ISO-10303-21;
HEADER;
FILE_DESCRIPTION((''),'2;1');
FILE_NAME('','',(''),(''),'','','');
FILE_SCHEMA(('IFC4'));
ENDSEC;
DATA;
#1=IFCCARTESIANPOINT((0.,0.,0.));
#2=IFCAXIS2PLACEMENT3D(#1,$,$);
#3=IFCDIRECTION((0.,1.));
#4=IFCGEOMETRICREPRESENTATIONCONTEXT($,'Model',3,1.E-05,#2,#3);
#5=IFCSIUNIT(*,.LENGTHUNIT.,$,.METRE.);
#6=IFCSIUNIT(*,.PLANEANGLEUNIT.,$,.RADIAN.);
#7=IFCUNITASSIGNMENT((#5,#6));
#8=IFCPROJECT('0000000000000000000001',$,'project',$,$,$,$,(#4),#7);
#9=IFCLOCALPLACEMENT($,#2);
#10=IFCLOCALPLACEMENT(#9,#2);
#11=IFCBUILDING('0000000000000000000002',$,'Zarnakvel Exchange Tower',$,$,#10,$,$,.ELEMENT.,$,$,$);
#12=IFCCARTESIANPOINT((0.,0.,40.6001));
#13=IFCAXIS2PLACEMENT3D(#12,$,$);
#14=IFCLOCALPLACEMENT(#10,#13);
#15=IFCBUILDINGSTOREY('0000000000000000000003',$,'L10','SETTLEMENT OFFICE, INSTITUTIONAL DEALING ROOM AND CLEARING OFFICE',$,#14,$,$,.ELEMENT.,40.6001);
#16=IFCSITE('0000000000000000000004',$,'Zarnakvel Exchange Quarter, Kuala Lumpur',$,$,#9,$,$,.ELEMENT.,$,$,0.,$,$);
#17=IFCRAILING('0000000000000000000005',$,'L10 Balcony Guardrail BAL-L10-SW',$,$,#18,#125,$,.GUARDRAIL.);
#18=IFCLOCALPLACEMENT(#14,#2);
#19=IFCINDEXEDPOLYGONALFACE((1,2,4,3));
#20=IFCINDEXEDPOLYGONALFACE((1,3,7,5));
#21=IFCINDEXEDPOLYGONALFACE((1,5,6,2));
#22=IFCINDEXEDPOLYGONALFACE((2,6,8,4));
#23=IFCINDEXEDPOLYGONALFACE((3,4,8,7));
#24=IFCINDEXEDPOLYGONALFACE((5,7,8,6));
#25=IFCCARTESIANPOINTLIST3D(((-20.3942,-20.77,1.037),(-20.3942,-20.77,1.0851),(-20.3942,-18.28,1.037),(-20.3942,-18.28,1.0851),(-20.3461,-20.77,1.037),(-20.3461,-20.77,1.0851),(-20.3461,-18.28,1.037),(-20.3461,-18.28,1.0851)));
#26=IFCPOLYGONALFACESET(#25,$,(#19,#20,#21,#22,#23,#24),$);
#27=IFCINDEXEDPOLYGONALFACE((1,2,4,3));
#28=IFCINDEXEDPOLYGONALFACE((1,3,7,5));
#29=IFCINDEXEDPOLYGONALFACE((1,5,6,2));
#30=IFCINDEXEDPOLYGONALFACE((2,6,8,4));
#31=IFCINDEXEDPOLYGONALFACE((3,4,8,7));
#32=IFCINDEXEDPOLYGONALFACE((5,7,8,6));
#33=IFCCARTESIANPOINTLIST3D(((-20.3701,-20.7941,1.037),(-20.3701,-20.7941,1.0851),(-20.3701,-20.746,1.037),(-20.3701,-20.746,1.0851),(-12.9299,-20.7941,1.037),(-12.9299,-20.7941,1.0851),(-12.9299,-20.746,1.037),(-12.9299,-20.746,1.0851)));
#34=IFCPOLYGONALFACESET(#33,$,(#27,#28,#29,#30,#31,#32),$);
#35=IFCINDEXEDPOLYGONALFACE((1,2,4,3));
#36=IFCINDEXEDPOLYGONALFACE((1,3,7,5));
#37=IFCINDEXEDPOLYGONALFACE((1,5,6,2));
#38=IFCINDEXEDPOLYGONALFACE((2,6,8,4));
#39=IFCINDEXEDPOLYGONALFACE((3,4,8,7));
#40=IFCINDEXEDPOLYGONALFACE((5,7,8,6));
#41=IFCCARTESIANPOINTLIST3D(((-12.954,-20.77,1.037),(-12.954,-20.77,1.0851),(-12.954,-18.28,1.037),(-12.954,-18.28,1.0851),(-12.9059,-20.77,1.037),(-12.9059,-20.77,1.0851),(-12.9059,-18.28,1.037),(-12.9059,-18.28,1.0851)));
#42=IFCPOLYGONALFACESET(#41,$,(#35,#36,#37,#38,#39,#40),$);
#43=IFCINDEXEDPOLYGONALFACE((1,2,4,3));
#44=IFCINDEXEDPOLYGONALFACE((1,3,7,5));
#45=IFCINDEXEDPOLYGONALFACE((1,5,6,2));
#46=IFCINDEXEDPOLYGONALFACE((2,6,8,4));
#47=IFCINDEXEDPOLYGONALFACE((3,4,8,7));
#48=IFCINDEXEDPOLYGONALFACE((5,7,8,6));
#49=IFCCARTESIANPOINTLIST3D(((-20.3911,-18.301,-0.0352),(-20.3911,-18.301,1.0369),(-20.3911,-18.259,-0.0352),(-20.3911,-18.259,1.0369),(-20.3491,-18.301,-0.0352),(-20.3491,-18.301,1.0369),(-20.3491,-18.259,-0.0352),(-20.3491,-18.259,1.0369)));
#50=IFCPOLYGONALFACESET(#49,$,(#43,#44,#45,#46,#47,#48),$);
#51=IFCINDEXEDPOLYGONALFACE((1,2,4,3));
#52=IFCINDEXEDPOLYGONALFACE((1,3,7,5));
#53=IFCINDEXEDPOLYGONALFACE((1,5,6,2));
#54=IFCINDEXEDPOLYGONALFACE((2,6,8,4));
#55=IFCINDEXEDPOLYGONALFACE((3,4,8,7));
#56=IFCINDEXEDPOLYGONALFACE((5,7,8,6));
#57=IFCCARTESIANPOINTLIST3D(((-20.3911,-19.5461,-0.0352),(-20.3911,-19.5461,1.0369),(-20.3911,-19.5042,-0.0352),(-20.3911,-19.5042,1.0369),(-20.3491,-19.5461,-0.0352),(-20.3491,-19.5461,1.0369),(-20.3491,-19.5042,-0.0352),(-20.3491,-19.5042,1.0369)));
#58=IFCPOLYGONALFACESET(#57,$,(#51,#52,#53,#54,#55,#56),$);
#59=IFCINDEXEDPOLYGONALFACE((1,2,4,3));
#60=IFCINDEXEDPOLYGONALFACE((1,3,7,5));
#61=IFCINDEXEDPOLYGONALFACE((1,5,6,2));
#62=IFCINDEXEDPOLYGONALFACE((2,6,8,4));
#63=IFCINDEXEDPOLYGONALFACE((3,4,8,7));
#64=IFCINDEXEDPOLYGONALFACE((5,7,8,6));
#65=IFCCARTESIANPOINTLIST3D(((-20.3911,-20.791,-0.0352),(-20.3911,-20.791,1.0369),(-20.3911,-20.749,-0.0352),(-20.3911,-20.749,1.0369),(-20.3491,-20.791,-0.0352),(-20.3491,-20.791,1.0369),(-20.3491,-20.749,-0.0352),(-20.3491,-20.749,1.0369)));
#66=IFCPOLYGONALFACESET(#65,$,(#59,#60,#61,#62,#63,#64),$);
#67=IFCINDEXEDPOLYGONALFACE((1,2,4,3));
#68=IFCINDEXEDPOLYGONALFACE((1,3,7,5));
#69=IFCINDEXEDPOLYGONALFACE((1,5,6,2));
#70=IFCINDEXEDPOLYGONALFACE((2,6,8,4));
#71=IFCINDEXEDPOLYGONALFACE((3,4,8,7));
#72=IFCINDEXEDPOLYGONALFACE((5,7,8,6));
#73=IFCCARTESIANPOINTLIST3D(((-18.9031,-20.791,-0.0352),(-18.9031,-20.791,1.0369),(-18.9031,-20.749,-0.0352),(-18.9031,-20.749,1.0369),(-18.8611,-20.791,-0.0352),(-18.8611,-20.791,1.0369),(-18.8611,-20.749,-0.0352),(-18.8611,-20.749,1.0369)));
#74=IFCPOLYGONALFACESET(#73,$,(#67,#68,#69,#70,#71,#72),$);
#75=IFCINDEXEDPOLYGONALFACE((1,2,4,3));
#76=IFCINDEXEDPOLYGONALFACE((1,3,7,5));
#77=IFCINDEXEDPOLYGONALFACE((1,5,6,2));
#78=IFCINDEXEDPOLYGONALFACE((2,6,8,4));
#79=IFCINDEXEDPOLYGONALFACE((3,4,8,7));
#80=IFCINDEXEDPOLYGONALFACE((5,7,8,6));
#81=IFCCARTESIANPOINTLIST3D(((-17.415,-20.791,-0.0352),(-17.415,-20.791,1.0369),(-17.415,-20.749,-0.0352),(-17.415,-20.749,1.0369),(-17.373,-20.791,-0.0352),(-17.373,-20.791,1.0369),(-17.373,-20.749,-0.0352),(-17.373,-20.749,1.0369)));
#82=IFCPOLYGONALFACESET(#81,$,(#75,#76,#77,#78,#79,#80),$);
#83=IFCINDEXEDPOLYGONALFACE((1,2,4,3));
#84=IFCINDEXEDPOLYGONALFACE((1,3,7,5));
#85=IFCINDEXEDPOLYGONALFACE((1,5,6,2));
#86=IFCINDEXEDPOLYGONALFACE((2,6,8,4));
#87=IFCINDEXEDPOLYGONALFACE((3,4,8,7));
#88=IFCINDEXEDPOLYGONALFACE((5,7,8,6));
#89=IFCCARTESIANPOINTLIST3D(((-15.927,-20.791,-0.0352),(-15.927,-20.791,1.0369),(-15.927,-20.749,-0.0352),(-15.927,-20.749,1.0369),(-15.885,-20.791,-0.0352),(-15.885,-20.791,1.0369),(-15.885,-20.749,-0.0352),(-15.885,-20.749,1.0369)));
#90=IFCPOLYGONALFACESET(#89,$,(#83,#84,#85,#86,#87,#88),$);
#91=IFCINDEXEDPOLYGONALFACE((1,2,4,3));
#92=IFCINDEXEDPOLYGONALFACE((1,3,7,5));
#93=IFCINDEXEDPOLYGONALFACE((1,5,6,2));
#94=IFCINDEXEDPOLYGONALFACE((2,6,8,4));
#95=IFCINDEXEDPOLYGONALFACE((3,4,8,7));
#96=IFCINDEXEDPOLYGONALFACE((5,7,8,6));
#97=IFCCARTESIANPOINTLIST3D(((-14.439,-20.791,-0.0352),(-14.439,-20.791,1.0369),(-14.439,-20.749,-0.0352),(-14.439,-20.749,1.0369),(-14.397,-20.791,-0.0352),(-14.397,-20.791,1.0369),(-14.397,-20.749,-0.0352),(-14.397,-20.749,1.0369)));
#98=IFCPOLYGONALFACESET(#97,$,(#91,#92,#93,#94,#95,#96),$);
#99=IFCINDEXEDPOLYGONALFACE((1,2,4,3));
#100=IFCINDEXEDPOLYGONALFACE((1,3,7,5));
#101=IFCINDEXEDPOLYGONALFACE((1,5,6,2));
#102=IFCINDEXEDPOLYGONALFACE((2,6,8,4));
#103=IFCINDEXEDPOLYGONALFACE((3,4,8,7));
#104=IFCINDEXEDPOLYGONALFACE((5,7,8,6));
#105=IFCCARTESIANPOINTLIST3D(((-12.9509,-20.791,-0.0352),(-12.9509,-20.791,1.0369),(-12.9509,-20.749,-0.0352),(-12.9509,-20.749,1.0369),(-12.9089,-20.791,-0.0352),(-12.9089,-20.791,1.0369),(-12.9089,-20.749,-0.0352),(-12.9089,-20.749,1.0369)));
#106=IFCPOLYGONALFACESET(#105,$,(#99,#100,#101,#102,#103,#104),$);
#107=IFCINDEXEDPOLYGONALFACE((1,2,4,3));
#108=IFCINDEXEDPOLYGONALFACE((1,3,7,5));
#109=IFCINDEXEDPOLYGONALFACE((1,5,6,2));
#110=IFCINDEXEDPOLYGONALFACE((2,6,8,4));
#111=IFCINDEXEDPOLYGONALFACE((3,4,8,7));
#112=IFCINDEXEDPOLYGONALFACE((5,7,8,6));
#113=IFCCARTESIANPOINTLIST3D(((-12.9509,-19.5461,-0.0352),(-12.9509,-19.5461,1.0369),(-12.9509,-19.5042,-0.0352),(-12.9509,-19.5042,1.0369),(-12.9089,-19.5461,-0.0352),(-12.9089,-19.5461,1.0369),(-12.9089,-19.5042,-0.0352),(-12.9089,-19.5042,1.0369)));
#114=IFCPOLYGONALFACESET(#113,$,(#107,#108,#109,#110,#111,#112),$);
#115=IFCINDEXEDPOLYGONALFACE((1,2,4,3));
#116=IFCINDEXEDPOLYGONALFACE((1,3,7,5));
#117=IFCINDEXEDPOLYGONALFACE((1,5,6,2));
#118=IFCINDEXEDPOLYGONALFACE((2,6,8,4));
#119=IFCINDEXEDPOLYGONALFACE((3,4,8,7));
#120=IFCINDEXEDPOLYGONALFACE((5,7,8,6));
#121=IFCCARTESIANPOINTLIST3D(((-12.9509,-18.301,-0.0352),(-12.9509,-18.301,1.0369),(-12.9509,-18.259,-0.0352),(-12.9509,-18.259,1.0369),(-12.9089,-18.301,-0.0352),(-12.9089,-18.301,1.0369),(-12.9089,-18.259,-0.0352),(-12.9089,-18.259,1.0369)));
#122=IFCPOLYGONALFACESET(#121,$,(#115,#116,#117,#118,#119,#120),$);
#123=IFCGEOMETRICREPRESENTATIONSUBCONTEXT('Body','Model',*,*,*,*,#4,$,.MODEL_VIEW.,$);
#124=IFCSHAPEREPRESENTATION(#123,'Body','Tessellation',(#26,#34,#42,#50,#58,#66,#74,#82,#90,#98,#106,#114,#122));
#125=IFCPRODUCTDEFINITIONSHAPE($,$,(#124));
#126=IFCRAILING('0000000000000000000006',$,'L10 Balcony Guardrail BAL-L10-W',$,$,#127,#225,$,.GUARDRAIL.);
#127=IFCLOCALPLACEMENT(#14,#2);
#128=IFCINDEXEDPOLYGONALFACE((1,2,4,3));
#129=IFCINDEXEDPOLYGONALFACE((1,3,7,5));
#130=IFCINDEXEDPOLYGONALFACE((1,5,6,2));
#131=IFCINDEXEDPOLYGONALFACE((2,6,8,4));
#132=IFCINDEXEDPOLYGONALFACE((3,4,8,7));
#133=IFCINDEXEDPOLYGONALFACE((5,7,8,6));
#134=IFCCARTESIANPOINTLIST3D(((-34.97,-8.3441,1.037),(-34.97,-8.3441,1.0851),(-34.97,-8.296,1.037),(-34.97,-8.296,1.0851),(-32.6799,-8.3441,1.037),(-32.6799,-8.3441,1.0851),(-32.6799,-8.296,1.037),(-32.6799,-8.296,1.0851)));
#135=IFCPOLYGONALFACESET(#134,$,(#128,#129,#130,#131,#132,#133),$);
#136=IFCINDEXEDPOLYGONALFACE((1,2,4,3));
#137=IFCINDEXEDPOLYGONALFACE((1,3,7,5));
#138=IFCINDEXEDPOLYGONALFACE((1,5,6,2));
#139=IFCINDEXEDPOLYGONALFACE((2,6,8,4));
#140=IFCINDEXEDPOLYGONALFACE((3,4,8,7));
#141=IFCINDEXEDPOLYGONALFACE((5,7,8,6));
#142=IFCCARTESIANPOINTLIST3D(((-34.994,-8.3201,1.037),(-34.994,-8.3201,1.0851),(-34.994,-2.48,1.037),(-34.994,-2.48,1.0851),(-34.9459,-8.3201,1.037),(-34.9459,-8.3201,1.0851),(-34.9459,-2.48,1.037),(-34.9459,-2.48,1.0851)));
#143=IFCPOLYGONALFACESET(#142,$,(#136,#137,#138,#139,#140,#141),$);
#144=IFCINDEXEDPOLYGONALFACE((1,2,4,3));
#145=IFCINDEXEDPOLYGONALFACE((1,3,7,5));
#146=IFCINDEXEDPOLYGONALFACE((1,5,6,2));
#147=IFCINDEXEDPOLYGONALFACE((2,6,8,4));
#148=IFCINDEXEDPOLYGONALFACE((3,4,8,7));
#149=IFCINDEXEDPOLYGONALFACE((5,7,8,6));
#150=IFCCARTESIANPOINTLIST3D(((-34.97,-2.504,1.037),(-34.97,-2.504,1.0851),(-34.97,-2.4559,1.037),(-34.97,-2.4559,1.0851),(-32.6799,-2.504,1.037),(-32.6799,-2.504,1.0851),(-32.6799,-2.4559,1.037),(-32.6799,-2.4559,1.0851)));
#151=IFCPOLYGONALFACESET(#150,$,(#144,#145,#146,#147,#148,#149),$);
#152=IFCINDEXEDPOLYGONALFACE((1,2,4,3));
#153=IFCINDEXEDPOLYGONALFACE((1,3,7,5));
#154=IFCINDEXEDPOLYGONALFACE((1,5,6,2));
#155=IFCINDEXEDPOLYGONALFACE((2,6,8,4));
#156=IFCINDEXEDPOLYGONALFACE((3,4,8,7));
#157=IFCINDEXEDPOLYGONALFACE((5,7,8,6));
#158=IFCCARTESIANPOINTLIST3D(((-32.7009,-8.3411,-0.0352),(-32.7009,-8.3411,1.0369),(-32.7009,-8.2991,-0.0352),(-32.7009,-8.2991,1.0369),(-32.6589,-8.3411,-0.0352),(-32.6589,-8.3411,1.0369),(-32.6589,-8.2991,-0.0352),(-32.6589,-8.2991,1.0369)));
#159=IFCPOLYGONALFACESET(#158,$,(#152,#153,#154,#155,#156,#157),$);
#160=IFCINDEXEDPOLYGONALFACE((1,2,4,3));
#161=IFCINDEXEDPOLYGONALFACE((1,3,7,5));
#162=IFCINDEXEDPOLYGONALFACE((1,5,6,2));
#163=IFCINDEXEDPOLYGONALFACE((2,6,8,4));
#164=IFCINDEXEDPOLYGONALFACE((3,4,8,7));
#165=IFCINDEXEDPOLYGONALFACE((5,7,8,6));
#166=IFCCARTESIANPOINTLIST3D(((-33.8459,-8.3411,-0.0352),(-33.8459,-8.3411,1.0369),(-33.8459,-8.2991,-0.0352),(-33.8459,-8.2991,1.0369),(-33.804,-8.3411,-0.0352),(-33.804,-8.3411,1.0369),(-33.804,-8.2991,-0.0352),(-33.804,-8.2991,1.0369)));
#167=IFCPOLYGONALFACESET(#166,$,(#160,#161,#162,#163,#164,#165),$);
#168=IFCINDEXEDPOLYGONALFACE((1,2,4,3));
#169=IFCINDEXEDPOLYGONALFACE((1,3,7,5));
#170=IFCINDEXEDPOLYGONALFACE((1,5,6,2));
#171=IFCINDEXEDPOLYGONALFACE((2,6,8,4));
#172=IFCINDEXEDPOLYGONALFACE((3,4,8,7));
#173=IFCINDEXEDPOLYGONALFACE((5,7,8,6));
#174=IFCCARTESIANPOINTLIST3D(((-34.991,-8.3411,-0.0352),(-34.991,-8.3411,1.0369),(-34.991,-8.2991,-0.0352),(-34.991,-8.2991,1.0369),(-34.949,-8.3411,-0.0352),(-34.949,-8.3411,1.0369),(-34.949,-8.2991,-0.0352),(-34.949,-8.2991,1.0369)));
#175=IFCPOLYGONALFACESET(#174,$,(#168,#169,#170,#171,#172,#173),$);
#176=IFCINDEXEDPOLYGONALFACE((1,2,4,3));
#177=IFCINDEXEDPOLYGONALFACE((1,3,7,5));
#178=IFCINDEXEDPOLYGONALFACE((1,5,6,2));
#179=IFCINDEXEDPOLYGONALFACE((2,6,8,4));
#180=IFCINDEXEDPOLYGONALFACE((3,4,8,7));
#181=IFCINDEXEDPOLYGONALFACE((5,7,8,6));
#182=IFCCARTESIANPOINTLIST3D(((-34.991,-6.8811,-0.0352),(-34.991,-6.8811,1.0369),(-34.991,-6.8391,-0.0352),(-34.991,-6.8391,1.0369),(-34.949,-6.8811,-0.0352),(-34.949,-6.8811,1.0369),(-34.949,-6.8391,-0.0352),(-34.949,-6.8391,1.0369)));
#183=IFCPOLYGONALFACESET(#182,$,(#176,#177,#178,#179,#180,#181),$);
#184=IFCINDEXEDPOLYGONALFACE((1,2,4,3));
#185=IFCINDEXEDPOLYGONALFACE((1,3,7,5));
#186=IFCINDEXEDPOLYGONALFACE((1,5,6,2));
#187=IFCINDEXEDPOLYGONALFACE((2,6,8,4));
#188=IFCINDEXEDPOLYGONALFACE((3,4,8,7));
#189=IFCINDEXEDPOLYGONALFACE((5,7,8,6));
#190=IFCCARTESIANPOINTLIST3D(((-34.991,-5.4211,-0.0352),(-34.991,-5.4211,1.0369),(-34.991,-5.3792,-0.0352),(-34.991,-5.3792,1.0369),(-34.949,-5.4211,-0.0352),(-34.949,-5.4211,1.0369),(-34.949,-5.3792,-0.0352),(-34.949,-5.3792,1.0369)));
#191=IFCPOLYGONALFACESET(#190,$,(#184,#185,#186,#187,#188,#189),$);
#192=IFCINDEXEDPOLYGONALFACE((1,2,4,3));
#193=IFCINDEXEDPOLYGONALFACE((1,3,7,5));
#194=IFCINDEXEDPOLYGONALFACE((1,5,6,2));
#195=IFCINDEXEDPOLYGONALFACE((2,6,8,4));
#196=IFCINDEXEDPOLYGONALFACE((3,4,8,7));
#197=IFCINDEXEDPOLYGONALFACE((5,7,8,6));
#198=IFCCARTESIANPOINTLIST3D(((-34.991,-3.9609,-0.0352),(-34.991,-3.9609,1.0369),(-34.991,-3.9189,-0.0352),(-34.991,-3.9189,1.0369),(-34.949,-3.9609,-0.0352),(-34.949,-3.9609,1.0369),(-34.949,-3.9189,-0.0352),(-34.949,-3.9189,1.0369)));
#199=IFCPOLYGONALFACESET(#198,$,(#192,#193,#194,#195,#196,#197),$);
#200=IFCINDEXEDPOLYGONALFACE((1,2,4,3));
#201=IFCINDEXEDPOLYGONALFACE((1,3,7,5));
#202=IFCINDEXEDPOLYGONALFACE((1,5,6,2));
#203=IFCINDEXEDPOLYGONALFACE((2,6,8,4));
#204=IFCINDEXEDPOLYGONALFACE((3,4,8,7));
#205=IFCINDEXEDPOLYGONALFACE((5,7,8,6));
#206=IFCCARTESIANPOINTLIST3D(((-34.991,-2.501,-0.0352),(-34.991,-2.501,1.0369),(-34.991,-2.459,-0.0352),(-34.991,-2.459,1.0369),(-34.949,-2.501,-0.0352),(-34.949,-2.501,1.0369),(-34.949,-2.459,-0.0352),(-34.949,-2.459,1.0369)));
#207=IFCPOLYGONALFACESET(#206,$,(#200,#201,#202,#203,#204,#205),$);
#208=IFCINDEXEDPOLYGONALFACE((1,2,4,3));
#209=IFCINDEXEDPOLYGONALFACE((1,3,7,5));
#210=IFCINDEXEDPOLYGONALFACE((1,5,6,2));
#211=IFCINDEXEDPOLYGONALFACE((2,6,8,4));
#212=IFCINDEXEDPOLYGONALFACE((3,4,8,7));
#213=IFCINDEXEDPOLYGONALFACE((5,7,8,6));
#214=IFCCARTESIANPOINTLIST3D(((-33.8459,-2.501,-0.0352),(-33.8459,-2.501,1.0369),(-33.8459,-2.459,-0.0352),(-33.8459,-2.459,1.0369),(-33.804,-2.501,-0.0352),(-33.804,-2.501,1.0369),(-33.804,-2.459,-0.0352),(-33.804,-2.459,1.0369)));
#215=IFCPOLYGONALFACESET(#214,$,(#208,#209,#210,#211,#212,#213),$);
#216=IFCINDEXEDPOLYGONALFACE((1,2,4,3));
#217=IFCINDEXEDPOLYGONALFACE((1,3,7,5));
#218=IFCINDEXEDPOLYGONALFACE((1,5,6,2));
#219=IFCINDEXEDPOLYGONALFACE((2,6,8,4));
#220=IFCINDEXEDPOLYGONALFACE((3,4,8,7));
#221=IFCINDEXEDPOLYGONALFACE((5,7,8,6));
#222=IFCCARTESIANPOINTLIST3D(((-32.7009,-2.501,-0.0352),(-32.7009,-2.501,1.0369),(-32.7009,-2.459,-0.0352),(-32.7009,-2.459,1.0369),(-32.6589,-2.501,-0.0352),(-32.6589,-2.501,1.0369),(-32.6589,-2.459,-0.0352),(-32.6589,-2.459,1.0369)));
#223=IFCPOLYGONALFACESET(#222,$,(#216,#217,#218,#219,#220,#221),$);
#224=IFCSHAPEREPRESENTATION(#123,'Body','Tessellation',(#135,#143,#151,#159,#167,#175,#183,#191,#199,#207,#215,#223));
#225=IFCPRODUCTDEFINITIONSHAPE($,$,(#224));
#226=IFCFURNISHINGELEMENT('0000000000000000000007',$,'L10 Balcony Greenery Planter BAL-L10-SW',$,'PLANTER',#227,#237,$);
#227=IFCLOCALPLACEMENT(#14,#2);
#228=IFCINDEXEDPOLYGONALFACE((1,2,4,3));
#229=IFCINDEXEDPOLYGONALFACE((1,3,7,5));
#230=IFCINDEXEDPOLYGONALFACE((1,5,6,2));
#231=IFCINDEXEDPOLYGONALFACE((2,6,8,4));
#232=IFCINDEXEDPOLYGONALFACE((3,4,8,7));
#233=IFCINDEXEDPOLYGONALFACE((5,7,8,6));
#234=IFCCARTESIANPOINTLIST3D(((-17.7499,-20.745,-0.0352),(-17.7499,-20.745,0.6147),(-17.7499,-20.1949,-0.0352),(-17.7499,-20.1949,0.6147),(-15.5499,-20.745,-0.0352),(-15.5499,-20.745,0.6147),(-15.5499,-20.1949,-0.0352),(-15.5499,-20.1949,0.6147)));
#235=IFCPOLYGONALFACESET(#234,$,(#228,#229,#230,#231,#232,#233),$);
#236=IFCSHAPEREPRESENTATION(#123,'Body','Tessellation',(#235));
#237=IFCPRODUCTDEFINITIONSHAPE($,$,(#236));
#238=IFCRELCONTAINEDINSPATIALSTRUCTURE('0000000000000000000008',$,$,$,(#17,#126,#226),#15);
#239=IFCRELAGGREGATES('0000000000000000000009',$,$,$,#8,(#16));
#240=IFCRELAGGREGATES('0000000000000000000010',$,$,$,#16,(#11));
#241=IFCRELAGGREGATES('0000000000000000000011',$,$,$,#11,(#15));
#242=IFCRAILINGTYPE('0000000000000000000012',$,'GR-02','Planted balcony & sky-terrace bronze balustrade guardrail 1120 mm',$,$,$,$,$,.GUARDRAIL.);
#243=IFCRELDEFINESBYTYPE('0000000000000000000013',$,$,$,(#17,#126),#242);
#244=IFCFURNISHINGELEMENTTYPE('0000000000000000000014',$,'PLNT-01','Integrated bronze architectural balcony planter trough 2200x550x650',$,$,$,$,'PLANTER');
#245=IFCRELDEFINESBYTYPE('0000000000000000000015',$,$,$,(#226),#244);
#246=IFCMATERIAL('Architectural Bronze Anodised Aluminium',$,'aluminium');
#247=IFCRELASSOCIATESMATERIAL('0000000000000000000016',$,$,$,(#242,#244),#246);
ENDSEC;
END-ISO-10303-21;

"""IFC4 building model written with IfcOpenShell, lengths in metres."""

from ifc_helpers import new_model, si_unit, direction, frame, origin, origin_2d, place, context, subcontext, project, spatial, rectangle, extrude, source, transform, mapped, material, type_object, element, save


model = new_model("IFC4")

# Units and contexts
model_context = context("Model", 3, precision=1e-05, world=origin(), true_north=direction((0.0, 1.0)))
body_context = subcontext(model_context, "Body", "Model", "MODEL_VIEW")
ifc_project = project(units=[si_unit("LENGTHUNIT", "METRE"), si_unit("PLANEANGLEUNIT", "RADIAN")], contexts=[model_context])

# Site, building, storey
site_placement = place(None, origin())
site = spatial("IfcSite", under=ifc_project, at=site_placement, Name="Zarnakvel Exchange Quarter, Kuala Lumpur", CompositionType="ELEMENT", RefElevation=0.0)
building_placement = place(site_placement, origin())
building = spatial("IfcBuilding", under=site, at=building_placement, Name="Zarnakvel Exchange Tower", CompositionType="ELEMENT")
storey_placement = place(building_placement, frame((0.0, 0.0, 40.6001)))
storey = spatial("IfcBuildingStorey", under=building, at=storey_placement, Name="L10", Description="SETTLEMENT OFFICE, INSTITUTIONAL DEALING ROOM AND CLEARING OFFICE", CompositionType="ELEMENT", Elevation=40.6001)

# Shared definitions
ifc_material_1 = material(Name="Architectural Bronze Anodised Aluminium", Category="aluminium")

# Railings
railing_type = type_object("IfcRailingType", Name="GR-02", Description="Planted balcony & sky-terrace bronze balustrade guardrail 1120 mm", PredefinedType="GUARDRAIL", material=ifc_material_1)
railing_1_placement = place(storey_placement, frame((-20.3701, -18.28, -0.0352)))
element("IfcRailing", 1, at=railing_1_placement, inside=storey, type_object=railing_type, Name="L10 Balcony Guardrail BAL-L10-SW", PredefinedType="GUARDRAIL", context=body_context, shape_type="SweptSolid", body=[
    extrude(rectangle(XDim=0.0481, YDim=0.0481, at=origin_2d()), frame((0.0, 0.0, 1.0962), z_axis=(0.0, -1.0, 0.0), x_axis=(1.0, 0.0, 0.0)), (0.0, 0.0, 1.0), 2.49),
    extrude(rectangle(XDim=0.0481, YDim=0.0481, at=origin_2d()), frame((0.0, -2.49, 1.0962), z_axis=(1.0, 0.0, 0.0), x_axis=(0.0, 1.0, 0.0)), (0.0, 0.0, 1.0), 7.4402),
    extrude(rectangle(XDim=0.0481, YDim=0.0481, at=origin_2d()), frame((7.4402, -2.49, 1.0962), z_axis=(0.0, 1.0, 0.0), x_axis=(-1.0, 0.0, 0.0)), (0.0, 0.0, 1.0), 2.49),
    extrude(rectangle(XDim=0.042, YDim=0.042, at=origin_2d()), origin(), (0.0, 0.0, 1.0), 1.072),
    extrude(rectangle(XDim=0.042, YDim=0.042, at=origin_2d()), frame((0.0, -1.2451, 0.0)), (0.0, 0.0, 1.0), 1.072),
    extrude(rectangle(XDim=0.042, YDim=0.042, at=origin_2d()), frame((0.0, -2.49, 0.0)), (0.0, 0.0, 1.0), 1.072),
    extrude(rectangle(XDim=0.042, YDim=0.042, at=origin_2d()), frame((1.488, -2.49, 0.0)), (0.0, 0.0, 1.0), 1.072),
    extrude(rectangle(XDim=0.042, YDim=0.042, at=origin_2d()), frame((2.9761, -2.49, 0.0)), (0.0, 0.0, 1.0), 1.072),
    extrude(rectangle(XDim=0.042, YDim=0.042, at=origin_2d()), frame((4.4641, -2.49, 0.0)), (0.0, 0.0, 1.0), 1.072),
    extrude(rectangle(XDim=0.042, YDim=0.042, at=origin_2d()), frame((5.9521, -2.49, 0.0)), (0.0, 0.0, 1.0), 1.072),
    extrude(rectangle(XDim=0.042, YDim=0.042, at=origin_2d()), frame((7.4402, -2.49, 0.0)), (0.0, 0.0, 1.0), 1.072),
    extrude(rectangle(XDim=0.042, YDim=0.042, at=origin_2d()), frame((7.4402, -1.2451, 0.0)), (0.0, 0.0, 1.0), 1.072),
    extrude(rectangle(XDim=0.042, YDim=0.042, at=origin_2d()), frame((7.4402, 0.0, 0.0)), (0.0, 0.0, 1.0), 1.072),
])
railing_2_placement = place(storey_placement, frame((-32.6799, -8.3201, -0.0352)))
element("IfcRailing", 2, at=railing_2_placement, inside=storey, type_object=railing_type, Name="L10 Balcony Guardrail BAL-L10-W", PredefinedType="GUARDRAIL", context=body_context, shape_type="SweptSolid", body=[
    extrude(rectangle(XDim=0.0481, YDim=0.0481, at=origin_2d()), frame((0.0, 0.0, 1.0962), z_axis=(-1.0, 0.0, 0.0), x_axis=(0.0, -1.0, 0.0)), (0.0, 0.0, 1.0), 2.29),
    extrude(rectangle(XDim=0.0481, YDim=0.0481, at=origin_2d()), frame((-2.29, 0.0, 1.0962), z_axis=(0.0, 1.0, 0.0), x_axis=(-1.0, 0.0, 0.0)), (0.0, 0.0, 1.0), 5.8401),
    extrude(rectangle(XDim=0.0481, YDim=0.0481, at=origin_2d()), frame((-2.29, 5.8401, 1.0962), z_axis=(1.0, 0.0, 0.0), x_axis=(0.0, 1.0, 0.0)), (0.0, 0.0, 1.0), 2.29),
    extrude(rectangle(XDim=0.042, YDim=0.042, at=origin_2d()), origin(), (0.0, 0.0, 1.0), 1.072),
    extrude(rectangle(XDim=0.042, YDim=0.042, at=origin_2d()), frame((-1.145, 0.0, 0.0)), (0.0, 0.0, 1.0), 1.072),
    extrude(rectangle(XDim=0.042, YDim=0.042, at=origin_2d()), frame((-2.29, 0.0, 0.0)), (0.0, 0.0, 1.0), 1.072),
    extrude(rectangle(XDim=0.042, YDim=0.042, at=origin_2d()), frame((-2.29, 1.46, 0.0)), (0.0, 0.0, 1.0), 1.072),
    extrude(rectangle(XDim=0.042, YDim=0.042, at=origin_2d()), frame((-2.29, 2.9199, 0.0)), (0.0, 0.0, 1.0), 1.072),
    extrude(rectangle(XDim=0.042, YDim=0.042, at=origin_2d()), frame((-2.29, 4.3801, 0.0)), (0.0, 0.0, 1.0), 1.072),
    extrude(rectangle(XDim=0.042, YDim=0.042, at=origin_2d()), frame((-2.29, 5.8401, 0.0)), (0.0, 0.0, 1.0), 1.072),
    extrude(rectangle(XDim=0.042, YDim=0.042, at=origin_2d()), frame((-1.145, 5.8401, 0.0)), (0.0, 0.0, 1.0), 1.072),
    extrude(rectangle(XDim=0.042, YDim=0.042, at=origin_2d()), frame((0.0, 5.8401, 0.0)), (0.0, 0.0, 1.0), 1.072),
])

# Furnishing element
furnishing_element_type = type_object("IfcFurnishingElementType", Name="PLNT-01", Description="Integrated bronze architectural balcony planter trough 2200x550x650", ElementType="PLANTER", material=ifc_material_1)
shared_shape_1 = source(origin(), body_context, "Body", "SweptSolid", [
    extrude(rectangle(XDim=2.2, YDim=0.55, at=origin_2d()), origin(), (0.0, 0.0, 1.0), 0.6499),
])
furnishing_placement = place(storey_placement, frame((-16.6499, -20.47, -0.0352), z_axis=(0.0, 0.0, 1.0), x_axis=(1.0, 0.0, 0.0)))
element("IfcFurnishingElement", 3, at=furnishing_placement, inside=storey, type_object=furnishing_element_type, Name="L10 Balcony Greenery Planter BAL-L10-SW", ObjectType="PLANTER", context=body_context, shape_type="MappedRepresentation", body=[
    mapped(shared_shape_1, transform((0.0, 0.0, 0.0), x_axis=(1.0, 0.0, 0.0), y_axis=(0.0, 1.0, 0.0), z_axis=(0.0, 0.0, 1.0), scale=1.0)),
])

save(model, "model.ifc")
